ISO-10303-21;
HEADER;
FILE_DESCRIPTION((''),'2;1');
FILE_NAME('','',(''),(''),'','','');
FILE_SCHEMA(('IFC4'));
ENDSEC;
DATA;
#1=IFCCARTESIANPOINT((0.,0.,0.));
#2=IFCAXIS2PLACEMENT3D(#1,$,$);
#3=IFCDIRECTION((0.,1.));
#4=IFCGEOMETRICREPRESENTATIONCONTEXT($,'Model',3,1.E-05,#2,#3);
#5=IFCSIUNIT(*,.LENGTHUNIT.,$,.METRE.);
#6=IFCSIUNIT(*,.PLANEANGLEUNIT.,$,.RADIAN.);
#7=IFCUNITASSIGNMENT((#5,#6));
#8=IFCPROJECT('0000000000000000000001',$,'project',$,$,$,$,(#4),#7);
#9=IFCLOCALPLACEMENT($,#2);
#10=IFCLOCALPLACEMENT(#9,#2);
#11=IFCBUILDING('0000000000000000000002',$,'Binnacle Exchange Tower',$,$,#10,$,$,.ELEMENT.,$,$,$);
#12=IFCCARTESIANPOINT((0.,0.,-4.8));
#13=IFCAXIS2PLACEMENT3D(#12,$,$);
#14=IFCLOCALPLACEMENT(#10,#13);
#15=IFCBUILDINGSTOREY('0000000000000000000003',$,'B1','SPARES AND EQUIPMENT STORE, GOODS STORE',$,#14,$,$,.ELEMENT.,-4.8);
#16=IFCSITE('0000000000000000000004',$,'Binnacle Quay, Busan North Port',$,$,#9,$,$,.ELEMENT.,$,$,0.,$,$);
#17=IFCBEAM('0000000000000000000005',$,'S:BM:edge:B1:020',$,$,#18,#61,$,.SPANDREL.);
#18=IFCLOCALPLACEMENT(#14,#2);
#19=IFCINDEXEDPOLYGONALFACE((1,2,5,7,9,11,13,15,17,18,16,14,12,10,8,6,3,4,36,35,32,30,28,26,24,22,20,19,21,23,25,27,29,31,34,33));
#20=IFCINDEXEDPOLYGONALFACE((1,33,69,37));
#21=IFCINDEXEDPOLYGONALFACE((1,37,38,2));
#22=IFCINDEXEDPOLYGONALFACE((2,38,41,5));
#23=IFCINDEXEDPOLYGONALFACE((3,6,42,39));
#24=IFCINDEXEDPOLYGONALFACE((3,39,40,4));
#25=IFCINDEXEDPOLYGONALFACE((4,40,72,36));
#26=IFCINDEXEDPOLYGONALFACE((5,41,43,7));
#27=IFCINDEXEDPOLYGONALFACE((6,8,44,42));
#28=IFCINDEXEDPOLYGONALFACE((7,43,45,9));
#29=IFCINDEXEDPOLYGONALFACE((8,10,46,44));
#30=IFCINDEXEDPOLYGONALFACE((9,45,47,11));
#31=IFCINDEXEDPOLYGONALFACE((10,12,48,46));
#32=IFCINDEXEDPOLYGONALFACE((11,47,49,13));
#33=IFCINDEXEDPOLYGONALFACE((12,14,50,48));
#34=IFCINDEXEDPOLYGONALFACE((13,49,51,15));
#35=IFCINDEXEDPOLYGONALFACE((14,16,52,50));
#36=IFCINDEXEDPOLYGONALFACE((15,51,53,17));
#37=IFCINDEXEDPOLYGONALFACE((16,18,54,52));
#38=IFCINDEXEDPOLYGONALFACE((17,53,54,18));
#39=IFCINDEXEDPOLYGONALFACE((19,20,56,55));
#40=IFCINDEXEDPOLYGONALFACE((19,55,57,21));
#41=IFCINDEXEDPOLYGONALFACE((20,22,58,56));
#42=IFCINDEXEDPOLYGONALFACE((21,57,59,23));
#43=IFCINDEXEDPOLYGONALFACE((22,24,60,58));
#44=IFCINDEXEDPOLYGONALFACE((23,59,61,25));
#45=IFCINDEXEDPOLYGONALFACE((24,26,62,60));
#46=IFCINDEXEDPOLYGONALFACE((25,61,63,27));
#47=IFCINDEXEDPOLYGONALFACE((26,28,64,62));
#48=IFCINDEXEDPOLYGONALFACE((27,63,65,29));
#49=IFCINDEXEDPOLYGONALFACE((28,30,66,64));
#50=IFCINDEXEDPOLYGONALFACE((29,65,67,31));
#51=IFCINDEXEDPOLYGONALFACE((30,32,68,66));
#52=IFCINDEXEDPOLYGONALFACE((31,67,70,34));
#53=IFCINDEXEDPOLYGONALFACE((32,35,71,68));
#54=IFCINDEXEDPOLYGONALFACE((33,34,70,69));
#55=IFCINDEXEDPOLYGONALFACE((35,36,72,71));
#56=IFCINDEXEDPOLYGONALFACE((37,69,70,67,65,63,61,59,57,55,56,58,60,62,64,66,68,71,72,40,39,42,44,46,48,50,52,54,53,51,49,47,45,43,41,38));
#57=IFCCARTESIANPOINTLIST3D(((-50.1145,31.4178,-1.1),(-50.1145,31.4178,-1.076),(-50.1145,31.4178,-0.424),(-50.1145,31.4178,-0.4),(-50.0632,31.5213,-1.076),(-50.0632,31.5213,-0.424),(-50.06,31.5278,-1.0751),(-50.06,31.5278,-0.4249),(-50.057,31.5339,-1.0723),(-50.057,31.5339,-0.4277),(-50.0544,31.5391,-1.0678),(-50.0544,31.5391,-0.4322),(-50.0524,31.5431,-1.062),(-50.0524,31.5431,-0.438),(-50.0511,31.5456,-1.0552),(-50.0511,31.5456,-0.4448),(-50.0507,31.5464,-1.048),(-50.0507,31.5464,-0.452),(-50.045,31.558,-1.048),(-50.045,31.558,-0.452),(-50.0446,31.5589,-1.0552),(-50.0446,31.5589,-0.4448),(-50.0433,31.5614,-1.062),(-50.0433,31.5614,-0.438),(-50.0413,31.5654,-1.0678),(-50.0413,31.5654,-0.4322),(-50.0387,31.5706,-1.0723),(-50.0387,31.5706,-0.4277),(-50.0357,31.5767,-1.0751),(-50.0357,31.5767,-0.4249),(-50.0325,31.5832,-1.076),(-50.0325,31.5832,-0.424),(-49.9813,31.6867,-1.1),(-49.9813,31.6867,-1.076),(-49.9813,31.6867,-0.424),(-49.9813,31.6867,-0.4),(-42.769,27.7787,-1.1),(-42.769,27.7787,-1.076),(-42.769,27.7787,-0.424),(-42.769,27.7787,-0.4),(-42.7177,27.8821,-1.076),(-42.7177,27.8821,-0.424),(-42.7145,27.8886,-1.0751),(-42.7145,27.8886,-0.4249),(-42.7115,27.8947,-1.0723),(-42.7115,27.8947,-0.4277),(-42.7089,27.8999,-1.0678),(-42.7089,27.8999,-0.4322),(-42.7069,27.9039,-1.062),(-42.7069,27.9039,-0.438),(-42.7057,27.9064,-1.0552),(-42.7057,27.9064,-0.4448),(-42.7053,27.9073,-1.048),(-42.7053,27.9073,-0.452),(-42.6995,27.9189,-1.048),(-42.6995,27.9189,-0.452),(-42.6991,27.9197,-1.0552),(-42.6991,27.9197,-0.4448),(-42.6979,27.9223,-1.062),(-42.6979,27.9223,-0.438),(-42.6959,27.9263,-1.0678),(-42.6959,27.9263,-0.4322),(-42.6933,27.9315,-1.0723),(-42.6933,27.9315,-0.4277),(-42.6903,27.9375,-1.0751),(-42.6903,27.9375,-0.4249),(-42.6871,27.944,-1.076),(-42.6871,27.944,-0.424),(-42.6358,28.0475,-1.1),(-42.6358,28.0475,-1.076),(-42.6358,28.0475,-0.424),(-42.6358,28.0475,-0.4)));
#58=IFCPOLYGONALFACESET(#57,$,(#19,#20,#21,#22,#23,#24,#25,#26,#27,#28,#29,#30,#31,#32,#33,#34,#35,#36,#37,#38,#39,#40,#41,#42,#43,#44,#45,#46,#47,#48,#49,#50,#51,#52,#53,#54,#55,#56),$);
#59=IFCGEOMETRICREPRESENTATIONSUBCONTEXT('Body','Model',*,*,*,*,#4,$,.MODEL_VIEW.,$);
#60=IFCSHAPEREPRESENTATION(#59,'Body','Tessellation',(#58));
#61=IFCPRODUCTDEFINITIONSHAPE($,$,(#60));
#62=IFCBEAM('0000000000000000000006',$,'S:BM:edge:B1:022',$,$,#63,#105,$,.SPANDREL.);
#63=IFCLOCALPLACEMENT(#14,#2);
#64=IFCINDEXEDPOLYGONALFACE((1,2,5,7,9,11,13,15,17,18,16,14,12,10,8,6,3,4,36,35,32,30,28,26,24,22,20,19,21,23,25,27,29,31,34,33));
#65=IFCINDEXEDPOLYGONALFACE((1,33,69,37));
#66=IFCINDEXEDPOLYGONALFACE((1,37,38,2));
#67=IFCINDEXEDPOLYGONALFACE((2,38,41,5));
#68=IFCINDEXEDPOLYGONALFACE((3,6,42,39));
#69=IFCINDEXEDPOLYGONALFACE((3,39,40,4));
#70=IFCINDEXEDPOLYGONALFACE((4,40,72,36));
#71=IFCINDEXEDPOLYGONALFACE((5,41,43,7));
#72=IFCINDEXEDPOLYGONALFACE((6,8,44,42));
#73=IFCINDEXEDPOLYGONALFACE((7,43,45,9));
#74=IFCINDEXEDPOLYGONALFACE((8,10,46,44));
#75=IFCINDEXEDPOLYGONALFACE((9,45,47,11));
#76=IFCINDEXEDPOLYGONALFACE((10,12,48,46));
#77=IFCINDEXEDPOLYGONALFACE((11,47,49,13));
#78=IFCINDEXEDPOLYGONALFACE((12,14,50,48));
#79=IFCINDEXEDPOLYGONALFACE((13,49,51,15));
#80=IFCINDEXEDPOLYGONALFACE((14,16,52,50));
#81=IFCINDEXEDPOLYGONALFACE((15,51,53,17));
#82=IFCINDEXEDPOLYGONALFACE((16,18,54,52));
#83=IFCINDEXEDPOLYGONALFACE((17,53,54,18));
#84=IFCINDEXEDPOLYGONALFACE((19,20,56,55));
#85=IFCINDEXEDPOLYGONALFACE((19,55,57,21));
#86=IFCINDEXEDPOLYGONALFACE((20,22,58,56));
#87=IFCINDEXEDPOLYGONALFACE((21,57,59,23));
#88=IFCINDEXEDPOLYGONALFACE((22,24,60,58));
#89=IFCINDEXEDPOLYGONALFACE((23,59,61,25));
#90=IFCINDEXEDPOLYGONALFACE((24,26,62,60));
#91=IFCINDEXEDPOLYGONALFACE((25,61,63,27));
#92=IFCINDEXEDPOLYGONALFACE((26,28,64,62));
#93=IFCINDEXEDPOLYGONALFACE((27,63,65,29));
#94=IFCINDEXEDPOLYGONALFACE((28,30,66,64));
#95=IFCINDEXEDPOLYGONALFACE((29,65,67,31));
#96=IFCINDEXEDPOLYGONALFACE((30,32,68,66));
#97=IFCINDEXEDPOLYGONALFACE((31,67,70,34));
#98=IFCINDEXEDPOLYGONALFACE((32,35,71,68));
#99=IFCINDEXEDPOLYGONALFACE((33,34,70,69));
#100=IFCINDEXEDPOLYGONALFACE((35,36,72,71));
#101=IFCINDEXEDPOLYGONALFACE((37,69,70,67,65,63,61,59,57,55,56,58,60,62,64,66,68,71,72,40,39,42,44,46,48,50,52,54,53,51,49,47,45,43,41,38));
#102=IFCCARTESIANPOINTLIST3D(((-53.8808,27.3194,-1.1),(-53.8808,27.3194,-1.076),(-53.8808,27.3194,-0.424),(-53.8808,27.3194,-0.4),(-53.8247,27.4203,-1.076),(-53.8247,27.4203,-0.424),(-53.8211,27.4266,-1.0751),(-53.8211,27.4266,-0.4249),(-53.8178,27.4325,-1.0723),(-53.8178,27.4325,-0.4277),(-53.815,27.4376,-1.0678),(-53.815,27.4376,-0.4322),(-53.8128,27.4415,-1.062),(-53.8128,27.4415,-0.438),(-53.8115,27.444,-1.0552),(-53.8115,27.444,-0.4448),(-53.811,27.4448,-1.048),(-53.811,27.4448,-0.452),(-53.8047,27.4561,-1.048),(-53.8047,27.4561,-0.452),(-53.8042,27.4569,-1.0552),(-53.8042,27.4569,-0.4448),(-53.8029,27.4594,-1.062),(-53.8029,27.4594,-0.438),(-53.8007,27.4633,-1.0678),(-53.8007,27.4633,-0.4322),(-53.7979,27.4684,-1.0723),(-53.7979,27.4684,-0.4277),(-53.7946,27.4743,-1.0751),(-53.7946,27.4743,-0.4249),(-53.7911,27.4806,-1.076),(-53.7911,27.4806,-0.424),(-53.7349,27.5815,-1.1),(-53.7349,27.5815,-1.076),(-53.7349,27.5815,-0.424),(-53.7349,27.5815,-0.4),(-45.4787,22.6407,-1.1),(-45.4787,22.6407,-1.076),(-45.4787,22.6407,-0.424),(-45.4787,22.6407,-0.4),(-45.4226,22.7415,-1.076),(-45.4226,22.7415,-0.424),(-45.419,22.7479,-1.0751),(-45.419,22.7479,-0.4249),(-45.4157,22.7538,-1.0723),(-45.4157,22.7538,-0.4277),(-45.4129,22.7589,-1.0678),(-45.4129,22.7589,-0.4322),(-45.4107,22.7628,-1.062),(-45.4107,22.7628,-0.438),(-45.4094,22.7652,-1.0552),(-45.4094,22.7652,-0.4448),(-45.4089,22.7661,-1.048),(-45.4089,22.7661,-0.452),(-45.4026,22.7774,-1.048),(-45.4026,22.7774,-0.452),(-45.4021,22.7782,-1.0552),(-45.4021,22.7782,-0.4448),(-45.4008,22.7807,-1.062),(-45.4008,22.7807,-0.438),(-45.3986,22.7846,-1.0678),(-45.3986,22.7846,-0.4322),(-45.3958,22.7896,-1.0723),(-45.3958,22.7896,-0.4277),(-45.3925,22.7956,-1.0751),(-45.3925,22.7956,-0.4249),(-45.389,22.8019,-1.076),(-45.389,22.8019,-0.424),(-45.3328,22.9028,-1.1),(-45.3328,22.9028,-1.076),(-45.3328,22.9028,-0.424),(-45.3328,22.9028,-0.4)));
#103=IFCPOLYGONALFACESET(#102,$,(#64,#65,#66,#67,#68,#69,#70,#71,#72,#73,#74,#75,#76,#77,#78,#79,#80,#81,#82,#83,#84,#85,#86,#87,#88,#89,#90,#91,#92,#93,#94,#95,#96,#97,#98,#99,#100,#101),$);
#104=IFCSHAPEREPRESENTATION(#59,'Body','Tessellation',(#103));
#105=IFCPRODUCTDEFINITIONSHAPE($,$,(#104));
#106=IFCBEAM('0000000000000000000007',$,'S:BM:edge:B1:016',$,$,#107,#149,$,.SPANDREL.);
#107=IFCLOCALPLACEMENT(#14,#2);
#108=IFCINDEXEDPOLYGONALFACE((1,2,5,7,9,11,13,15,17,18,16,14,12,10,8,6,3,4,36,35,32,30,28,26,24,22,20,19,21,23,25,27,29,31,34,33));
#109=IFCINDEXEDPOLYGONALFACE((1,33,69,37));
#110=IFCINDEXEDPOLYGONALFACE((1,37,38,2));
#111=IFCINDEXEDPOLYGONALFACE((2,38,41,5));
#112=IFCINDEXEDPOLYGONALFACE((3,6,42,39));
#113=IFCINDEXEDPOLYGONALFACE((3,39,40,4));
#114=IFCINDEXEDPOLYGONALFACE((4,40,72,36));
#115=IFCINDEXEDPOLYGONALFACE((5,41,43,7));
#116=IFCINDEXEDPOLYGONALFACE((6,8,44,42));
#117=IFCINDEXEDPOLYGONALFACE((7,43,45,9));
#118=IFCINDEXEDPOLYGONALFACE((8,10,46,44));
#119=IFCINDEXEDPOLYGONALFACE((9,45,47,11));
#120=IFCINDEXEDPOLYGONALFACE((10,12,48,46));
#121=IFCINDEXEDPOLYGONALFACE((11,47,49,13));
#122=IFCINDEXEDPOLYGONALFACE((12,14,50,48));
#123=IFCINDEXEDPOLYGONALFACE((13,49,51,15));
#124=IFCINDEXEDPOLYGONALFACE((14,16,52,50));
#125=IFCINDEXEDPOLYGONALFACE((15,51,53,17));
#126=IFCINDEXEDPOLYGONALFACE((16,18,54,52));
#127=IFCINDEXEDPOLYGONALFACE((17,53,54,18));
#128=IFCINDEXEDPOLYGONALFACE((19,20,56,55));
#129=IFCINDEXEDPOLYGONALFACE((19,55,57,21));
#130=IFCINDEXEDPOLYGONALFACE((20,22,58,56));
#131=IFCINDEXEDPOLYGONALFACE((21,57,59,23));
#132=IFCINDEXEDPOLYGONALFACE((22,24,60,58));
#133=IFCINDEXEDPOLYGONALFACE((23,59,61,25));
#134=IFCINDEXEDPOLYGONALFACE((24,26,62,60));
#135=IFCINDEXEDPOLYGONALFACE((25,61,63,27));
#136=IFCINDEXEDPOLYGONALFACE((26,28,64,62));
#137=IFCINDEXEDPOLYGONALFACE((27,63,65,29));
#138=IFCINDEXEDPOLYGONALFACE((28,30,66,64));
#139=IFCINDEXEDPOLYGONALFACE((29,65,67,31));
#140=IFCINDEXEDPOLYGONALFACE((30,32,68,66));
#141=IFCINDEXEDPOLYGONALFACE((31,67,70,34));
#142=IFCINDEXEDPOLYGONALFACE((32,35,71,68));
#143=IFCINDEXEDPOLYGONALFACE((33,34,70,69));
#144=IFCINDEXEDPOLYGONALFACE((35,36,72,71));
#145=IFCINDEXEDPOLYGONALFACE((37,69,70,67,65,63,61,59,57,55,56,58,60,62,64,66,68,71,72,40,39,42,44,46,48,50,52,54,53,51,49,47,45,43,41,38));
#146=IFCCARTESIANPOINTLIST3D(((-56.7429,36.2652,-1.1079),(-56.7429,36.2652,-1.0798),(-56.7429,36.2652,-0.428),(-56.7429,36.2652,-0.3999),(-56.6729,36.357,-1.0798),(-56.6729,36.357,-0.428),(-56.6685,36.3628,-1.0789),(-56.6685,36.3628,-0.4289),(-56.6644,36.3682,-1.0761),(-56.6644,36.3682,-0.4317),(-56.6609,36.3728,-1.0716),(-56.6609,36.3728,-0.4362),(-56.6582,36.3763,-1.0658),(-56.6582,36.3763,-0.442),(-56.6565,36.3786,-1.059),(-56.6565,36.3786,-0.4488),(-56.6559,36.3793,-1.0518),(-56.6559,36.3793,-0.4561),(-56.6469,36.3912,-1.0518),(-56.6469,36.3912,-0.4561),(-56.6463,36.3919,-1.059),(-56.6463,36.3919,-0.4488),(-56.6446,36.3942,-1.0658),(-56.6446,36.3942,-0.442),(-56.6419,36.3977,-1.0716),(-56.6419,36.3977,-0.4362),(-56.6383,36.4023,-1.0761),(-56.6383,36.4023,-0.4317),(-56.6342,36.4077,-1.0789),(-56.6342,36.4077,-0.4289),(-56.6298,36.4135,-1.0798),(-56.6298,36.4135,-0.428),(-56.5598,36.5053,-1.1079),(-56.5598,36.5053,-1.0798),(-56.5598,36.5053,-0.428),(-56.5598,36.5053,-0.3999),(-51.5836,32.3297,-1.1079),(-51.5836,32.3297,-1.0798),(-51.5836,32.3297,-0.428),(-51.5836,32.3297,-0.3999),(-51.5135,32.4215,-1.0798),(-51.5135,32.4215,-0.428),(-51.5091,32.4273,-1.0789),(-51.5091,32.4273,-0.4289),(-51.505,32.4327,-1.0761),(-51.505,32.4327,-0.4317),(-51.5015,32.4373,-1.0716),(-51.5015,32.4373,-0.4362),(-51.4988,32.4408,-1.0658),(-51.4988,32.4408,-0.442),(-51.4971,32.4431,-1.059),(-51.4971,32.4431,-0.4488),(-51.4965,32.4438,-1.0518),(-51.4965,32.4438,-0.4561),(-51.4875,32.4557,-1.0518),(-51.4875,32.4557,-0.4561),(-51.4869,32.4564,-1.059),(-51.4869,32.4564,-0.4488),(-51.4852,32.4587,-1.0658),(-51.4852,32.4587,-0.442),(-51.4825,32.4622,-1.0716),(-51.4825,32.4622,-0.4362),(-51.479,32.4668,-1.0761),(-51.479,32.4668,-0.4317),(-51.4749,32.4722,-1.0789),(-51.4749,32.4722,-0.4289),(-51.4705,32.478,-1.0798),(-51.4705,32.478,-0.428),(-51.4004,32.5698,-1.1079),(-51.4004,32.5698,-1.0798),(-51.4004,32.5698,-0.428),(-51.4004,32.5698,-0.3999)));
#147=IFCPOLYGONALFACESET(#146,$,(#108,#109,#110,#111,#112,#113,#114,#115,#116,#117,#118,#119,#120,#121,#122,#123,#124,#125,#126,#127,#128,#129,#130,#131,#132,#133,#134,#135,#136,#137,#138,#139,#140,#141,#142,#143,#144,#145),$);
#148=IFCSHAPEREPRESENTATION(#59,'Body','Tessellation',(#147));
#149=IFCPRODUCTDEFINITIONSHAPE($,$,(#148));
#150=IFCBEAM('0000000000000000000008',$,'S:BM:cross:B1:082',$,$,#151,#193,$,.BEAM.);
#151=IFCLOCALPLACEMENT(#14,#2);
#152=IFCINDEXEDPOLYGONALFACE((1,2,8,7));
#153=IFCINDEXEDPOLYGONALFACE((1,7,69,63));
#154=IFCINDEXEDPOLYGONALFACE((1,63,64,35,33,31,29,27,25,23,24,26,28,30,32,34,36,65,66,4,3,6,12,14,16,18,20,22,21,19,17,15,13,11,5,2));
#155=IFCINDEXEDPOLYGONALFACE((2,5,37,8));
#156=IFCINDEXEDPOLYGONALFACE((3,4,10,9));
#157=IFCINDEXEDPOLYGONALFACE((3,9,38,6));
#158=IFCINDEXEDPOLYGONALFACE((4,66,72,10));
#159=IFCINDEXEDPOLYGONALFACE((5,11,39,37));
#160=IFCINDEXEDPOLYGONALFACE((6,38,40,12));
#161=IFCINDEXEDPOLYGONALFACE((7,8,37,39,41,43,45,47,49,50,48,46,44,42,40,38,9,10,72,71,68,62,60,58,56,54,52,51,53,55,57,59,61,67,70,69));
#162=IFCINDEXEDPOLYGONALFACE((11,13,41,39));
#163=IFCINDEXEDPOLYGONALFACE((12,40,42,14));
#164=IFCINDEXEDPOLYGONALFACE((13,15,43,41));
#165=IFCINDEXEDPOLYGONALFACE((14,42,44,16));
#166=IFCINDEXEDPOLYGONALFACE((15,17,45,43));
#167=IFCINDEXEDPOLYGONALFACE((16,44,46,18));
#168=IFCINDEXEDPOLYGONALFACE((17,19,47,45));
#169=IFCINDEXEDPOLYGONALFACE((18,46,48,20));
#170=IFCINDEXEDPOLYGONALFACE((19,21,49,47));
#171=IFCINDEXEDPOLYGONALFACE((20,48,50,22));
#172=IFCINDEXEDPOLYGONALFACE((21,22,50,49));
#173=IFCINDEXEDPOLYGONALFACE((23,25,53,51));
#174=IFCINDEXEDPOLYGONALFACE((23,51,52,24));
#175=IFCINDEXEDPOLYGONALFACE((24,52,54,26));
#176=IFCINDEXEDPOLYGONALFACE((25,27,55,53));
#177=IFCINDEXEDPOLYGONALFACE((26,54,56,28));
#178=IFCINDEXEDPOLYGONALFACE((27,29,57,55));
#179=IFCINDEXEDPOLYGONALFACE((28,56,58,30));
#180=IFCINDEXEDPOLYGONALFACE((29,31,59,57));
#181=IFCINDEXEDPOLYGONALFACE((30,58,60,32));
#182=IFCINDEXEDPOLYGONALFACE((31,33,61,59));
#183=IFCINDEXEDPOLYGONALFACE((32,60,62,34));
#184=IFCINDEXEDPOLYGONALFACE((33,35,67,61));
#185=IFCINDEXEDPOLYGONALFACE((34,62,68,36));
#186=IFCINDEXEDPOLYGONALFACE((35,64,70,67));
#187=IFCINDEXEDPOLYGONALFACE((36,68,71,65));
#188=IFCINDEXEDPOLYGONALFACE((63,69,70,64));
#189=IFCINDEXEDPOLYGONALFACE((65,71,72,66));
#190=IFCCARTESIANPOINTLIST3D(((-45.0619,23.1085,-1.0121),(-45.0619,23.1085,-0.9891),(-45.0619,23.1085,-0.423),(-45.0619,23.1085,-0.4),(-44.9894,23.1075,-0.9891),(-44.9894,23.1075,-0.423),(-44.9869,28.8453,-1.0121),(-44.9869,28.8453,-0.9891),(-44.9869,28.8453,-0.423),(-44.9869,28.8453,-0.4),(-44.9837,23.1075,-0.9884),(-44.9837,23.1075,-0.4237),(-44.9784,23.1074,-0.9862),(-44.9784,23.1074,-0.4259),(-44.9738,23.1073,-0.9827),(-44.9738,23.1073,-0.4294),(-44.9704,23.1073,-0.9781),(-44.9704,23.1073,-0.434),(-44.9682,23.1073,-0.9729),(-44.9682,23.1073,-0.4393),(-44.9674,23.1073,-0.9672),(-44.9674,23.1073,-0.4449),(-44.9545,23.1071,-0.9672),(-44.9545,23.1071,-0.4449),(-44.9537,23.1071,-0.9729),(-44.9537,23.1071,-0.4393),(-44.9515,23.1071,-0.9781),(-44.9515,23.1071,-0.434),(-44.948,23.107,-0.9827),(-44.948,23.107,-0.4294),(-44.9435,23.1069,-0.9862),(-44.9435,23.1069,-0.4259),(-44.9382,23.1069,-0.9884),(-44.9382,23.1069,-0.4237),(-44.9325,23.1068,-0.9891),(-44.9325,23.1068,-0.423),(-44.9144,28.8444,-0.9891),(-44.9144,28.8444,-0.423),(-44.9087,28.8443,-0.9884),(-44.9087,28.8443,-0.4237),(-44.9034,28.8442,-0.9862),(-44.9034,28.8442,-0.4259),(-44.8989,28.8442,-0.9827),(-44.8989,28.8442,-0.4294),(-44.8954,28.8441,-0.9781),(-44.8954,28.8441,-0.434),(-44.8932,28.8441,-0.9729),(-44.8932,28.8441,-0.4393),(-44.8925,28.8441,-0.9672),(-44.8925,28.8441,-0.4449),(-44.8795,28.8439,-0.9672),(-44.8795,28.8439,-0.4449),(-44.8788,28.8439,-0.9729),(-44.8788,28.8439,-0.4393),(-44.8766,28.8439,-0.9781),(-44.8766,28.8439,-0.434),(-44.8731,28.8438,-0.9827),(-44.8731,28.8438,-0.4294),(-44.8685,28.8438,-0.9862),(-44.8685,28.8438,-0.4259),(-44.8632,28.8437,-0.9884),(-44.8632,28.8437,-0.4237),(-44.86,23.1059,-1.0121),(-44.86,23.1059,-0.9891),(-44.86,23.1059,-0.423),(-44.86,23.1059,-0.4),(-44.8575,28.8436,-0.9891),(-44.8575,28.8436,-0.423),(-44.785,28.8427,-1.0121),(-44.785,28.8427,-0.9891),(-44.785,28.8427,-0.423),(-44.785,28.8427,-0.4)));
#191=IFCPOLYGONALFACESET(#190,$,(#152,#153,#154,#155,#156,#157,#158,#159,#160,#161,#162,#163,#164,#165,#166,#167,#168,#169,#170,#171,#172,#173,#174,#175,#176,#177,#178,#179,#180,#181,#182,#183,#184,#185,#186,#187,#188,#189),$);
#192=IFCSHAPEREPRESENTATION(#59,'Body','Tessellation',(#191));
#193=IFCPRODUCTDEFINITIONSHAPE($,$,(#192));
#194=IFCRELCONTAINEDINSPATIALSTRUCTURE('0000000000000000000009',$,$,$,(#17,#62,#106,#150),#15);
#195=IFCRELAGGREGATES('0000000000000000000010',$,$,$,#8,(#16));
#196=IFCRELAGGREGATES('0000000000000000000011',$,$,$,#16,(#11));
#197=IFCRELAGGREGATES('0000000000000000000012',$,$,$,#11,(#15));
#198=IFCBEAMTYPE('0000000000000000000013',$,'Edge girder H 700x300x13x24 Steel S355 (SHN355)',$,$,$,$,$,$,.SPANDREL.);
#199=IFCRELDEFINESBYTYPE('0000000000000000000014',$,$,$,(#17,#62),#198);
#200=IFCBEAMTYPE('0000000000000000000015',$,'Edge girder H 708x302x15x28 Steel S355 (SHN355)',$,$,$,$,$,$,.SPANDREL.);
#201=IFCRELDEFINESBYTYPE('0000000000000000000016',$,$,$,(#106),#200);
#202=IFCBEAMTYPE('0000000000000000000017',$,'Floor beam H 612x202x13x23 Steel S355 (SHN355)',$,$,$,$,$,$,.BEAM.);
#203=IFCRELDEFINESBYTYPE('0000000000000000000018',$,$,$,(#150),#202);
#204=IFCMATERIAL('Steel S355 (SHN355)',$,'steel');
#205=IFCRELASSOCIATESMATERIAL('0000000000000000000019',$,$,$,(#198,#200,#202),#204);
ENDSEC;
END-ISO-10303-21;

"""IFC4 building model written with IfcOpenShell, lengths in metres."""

from ifc_helpers import new_model, si_unit, direction, frame, origin, origin_2d, place, context, subcontext, project, spatial, i_section, extrude, material, material_profile, profile_set, type_object, element, save


model = new_model("IFC4")

# Units and contexts
model_context = context("Model", 3, precision=1e-05, world=origin(), true_north=direction((0.0, 1.0)))
body_context = subcontext(model_context, "Body", "Model", "MODEL_VIEW")
ifc_project = project(units=[si_unit("LENGTHUNIT", "METRE"), si_unit("PLANEANGLEUNIT", "RADIAN")], contexts=[model_context])

# Site, building, storey
site_placement = place(None, origin())
site = spatial("IfcSite", under=ifc_project, at=site_placement, Name="Binnacle Quay, Busan North Port", CompositionType="ELEMENT", RefElevation=0.0)
building_placement = place(site_placement, origin())
building = spatial("IfcBuilding", under=site, at=building_placement, Name="Binnacle Exchange Tower", CompositionType="ELEMENT")
storey_placement = place(building_placement, frame((0.0, 0.0, -4.8)))
storey = spatial("IfcBuildingStorey", under=building, at=storey_placement, Name="B1", Description="SPARES AND EQUIPMENT STORE, GOODS STORE", CompositionType="ELEMENT", Elevation=-4.8)

# Beams
ifc_material_1 = material(Name="Steel S355 (SHN355)", Category="steel")
ifc_material_profile_1 = material_profile(ifc_material_1, i_section(OverallWidth=0.3, OverallDepth=0.7, WebThickness=0.0129, FlangeThickness=0.0239, FilletRadius=0.0281, at=origin_2d()), Name="H 700x300x13x24")
ifc_profile_set_1 = profile_set([ifc_material_profile_1], Name="Steel S355 (SHN355)")
beam_type_1 = type_object("IfcBeamType", Name="Edge girder H 700x300x13x24 Steel S355 (SHN355)", PredefinedType="SPANDREL", material=ifc_profile_set_1)
beam_1_placement = place(storey_placement, frame((-50.0479, 31.5522, -0.75), z_axis=(0.896059, -0.443935, 0.0), x_axis=(0.443935, 0.896059, 0.0)))
element("IfcBeam", 1, at=beam_1_placement, inside=storey, type_object=beam_type_1, Name="S:BM:edge:B1:020", PredefinedType="SPANDREL", context=body_context, shape_type="SweptSolid", body=[
    extrude(i_section(OverallWidth=0.3, OverallDepth=0.7, WebThickness=0.0129, FlangeThickness=0.0239, FilletRadius=0.0281, at=origin_2d()), origin(), (0.0, 0.0, 1.0), 8.1975),
])
beam_2_placement = place(storey_placement, frame((-45.4058, 22.7717, -0.75), z_axis=(-0.873677, 0.486507, 0.0), x_axis=(-0.486507, -0.873677, 0.0)))
element("IfcBeam", 2, at=beam_2_placement, inside=storey, type_object=beam_type_1, Name="S:BM:edge:B1:022", PredefinedType="SPANDREL", context=body_context, shape_type="SweptSolid", body=[
    extrude(i_section(OverallWidth=0.3, OverallDepth=0.7, WebThickness=0.0129, FlangeThickness=0.0239, FilletRadius=0.0281, at=origin_2d()), origin(), (0.0, 0.0, 1.0), 9.6169),
])
ifc_material_profile_2 = material_profile(ifc_material_1, i_section(OverallWidth=0.302, OverallDepth=0.708, WebThickness=0.0149, FlangeThickness=0.0281, FilletRadius=0.0281, at=origin_2d()), Name="H 708x302x15x28")
ifc_profile_set_2 = profile_set([ifc_material_profile_2], Name="Steel S355 (SHN355)")
beam_type_2 = type_object("IfcBeamType", Name="Edge girder H 708x302x15x28 Steel S355 (SHN355)", PredefinedType="SPANDREL", material=ifc_profile_set_2)
beam_3_placement = place(storey_placement, frame((-56.6514, 36.3853, -0.7539), z_axis=(0.795093, -0.606487, 0.0), x_axis=(0.606487, 0.795093, 0.0)))
element("IfcBeam", 3, at=beam_3_placement, inside=storey, type_object=beam_type_2, Name="S:BM:edge:B1:016", PredefinedType="SPANDREL", context=body_context, shape_type="SweptSolid", body=[
    extrude(i_section(OverallWidth=0.302, OverallDepth=0.708, WebThickness=0.0149, FlangeThickness=0.0281, FilletRadius=0.0281, at=origin_2d()), origin(), (0.0, 0.0, 1.0), 6.489),
])
ifc_material_profile_3 = material_profile(ifc_material_1, i_section(OverallWidth=0.2019, OverallDepth=0.6121, WebThickness=0.0129, FlangeThickness=0.0229, FilletRadius=0.022, at=origin_2d()), Name="H 612x202x13x23")
ifc_profile_set_3 = profile_set([ifc_material_profile_3], Name="Steel S355 (SHN355)")
beam_type_3 = type_object("IfcBeamType", Name="Floor beam H 612x202x13x23 Steel S355 (SHN355)", PredefinedType="BEAM", material=ifc_profile_set_3)
beam_4_placement = place(storey_placement, frame((-44.9609, 23.1072, -0.7061), z_axis=(0.013064, 0.999915, 0.0), x_axis=(-0.999915, 0.013064, 0.0)))
element("IfcBeam", 4, at=beam_4_placement, inside=storey, type_object=beam_type_3, Name="S:BM:cross:B1:082", PredefinedType="BEAM", context=body_context, shape_type="SweptSolid", body=[
    extrude(i_section(OverallWidth=0.2019, OverallDepth=0.6121, WebThickness=0.0129, FlangeThickness=0.0229, FilletRadius=0.022, at=origin_2d()), origin(), (0.0, 0.0, 1.0), 5.7373),
])

save(model, "model.ifc")
